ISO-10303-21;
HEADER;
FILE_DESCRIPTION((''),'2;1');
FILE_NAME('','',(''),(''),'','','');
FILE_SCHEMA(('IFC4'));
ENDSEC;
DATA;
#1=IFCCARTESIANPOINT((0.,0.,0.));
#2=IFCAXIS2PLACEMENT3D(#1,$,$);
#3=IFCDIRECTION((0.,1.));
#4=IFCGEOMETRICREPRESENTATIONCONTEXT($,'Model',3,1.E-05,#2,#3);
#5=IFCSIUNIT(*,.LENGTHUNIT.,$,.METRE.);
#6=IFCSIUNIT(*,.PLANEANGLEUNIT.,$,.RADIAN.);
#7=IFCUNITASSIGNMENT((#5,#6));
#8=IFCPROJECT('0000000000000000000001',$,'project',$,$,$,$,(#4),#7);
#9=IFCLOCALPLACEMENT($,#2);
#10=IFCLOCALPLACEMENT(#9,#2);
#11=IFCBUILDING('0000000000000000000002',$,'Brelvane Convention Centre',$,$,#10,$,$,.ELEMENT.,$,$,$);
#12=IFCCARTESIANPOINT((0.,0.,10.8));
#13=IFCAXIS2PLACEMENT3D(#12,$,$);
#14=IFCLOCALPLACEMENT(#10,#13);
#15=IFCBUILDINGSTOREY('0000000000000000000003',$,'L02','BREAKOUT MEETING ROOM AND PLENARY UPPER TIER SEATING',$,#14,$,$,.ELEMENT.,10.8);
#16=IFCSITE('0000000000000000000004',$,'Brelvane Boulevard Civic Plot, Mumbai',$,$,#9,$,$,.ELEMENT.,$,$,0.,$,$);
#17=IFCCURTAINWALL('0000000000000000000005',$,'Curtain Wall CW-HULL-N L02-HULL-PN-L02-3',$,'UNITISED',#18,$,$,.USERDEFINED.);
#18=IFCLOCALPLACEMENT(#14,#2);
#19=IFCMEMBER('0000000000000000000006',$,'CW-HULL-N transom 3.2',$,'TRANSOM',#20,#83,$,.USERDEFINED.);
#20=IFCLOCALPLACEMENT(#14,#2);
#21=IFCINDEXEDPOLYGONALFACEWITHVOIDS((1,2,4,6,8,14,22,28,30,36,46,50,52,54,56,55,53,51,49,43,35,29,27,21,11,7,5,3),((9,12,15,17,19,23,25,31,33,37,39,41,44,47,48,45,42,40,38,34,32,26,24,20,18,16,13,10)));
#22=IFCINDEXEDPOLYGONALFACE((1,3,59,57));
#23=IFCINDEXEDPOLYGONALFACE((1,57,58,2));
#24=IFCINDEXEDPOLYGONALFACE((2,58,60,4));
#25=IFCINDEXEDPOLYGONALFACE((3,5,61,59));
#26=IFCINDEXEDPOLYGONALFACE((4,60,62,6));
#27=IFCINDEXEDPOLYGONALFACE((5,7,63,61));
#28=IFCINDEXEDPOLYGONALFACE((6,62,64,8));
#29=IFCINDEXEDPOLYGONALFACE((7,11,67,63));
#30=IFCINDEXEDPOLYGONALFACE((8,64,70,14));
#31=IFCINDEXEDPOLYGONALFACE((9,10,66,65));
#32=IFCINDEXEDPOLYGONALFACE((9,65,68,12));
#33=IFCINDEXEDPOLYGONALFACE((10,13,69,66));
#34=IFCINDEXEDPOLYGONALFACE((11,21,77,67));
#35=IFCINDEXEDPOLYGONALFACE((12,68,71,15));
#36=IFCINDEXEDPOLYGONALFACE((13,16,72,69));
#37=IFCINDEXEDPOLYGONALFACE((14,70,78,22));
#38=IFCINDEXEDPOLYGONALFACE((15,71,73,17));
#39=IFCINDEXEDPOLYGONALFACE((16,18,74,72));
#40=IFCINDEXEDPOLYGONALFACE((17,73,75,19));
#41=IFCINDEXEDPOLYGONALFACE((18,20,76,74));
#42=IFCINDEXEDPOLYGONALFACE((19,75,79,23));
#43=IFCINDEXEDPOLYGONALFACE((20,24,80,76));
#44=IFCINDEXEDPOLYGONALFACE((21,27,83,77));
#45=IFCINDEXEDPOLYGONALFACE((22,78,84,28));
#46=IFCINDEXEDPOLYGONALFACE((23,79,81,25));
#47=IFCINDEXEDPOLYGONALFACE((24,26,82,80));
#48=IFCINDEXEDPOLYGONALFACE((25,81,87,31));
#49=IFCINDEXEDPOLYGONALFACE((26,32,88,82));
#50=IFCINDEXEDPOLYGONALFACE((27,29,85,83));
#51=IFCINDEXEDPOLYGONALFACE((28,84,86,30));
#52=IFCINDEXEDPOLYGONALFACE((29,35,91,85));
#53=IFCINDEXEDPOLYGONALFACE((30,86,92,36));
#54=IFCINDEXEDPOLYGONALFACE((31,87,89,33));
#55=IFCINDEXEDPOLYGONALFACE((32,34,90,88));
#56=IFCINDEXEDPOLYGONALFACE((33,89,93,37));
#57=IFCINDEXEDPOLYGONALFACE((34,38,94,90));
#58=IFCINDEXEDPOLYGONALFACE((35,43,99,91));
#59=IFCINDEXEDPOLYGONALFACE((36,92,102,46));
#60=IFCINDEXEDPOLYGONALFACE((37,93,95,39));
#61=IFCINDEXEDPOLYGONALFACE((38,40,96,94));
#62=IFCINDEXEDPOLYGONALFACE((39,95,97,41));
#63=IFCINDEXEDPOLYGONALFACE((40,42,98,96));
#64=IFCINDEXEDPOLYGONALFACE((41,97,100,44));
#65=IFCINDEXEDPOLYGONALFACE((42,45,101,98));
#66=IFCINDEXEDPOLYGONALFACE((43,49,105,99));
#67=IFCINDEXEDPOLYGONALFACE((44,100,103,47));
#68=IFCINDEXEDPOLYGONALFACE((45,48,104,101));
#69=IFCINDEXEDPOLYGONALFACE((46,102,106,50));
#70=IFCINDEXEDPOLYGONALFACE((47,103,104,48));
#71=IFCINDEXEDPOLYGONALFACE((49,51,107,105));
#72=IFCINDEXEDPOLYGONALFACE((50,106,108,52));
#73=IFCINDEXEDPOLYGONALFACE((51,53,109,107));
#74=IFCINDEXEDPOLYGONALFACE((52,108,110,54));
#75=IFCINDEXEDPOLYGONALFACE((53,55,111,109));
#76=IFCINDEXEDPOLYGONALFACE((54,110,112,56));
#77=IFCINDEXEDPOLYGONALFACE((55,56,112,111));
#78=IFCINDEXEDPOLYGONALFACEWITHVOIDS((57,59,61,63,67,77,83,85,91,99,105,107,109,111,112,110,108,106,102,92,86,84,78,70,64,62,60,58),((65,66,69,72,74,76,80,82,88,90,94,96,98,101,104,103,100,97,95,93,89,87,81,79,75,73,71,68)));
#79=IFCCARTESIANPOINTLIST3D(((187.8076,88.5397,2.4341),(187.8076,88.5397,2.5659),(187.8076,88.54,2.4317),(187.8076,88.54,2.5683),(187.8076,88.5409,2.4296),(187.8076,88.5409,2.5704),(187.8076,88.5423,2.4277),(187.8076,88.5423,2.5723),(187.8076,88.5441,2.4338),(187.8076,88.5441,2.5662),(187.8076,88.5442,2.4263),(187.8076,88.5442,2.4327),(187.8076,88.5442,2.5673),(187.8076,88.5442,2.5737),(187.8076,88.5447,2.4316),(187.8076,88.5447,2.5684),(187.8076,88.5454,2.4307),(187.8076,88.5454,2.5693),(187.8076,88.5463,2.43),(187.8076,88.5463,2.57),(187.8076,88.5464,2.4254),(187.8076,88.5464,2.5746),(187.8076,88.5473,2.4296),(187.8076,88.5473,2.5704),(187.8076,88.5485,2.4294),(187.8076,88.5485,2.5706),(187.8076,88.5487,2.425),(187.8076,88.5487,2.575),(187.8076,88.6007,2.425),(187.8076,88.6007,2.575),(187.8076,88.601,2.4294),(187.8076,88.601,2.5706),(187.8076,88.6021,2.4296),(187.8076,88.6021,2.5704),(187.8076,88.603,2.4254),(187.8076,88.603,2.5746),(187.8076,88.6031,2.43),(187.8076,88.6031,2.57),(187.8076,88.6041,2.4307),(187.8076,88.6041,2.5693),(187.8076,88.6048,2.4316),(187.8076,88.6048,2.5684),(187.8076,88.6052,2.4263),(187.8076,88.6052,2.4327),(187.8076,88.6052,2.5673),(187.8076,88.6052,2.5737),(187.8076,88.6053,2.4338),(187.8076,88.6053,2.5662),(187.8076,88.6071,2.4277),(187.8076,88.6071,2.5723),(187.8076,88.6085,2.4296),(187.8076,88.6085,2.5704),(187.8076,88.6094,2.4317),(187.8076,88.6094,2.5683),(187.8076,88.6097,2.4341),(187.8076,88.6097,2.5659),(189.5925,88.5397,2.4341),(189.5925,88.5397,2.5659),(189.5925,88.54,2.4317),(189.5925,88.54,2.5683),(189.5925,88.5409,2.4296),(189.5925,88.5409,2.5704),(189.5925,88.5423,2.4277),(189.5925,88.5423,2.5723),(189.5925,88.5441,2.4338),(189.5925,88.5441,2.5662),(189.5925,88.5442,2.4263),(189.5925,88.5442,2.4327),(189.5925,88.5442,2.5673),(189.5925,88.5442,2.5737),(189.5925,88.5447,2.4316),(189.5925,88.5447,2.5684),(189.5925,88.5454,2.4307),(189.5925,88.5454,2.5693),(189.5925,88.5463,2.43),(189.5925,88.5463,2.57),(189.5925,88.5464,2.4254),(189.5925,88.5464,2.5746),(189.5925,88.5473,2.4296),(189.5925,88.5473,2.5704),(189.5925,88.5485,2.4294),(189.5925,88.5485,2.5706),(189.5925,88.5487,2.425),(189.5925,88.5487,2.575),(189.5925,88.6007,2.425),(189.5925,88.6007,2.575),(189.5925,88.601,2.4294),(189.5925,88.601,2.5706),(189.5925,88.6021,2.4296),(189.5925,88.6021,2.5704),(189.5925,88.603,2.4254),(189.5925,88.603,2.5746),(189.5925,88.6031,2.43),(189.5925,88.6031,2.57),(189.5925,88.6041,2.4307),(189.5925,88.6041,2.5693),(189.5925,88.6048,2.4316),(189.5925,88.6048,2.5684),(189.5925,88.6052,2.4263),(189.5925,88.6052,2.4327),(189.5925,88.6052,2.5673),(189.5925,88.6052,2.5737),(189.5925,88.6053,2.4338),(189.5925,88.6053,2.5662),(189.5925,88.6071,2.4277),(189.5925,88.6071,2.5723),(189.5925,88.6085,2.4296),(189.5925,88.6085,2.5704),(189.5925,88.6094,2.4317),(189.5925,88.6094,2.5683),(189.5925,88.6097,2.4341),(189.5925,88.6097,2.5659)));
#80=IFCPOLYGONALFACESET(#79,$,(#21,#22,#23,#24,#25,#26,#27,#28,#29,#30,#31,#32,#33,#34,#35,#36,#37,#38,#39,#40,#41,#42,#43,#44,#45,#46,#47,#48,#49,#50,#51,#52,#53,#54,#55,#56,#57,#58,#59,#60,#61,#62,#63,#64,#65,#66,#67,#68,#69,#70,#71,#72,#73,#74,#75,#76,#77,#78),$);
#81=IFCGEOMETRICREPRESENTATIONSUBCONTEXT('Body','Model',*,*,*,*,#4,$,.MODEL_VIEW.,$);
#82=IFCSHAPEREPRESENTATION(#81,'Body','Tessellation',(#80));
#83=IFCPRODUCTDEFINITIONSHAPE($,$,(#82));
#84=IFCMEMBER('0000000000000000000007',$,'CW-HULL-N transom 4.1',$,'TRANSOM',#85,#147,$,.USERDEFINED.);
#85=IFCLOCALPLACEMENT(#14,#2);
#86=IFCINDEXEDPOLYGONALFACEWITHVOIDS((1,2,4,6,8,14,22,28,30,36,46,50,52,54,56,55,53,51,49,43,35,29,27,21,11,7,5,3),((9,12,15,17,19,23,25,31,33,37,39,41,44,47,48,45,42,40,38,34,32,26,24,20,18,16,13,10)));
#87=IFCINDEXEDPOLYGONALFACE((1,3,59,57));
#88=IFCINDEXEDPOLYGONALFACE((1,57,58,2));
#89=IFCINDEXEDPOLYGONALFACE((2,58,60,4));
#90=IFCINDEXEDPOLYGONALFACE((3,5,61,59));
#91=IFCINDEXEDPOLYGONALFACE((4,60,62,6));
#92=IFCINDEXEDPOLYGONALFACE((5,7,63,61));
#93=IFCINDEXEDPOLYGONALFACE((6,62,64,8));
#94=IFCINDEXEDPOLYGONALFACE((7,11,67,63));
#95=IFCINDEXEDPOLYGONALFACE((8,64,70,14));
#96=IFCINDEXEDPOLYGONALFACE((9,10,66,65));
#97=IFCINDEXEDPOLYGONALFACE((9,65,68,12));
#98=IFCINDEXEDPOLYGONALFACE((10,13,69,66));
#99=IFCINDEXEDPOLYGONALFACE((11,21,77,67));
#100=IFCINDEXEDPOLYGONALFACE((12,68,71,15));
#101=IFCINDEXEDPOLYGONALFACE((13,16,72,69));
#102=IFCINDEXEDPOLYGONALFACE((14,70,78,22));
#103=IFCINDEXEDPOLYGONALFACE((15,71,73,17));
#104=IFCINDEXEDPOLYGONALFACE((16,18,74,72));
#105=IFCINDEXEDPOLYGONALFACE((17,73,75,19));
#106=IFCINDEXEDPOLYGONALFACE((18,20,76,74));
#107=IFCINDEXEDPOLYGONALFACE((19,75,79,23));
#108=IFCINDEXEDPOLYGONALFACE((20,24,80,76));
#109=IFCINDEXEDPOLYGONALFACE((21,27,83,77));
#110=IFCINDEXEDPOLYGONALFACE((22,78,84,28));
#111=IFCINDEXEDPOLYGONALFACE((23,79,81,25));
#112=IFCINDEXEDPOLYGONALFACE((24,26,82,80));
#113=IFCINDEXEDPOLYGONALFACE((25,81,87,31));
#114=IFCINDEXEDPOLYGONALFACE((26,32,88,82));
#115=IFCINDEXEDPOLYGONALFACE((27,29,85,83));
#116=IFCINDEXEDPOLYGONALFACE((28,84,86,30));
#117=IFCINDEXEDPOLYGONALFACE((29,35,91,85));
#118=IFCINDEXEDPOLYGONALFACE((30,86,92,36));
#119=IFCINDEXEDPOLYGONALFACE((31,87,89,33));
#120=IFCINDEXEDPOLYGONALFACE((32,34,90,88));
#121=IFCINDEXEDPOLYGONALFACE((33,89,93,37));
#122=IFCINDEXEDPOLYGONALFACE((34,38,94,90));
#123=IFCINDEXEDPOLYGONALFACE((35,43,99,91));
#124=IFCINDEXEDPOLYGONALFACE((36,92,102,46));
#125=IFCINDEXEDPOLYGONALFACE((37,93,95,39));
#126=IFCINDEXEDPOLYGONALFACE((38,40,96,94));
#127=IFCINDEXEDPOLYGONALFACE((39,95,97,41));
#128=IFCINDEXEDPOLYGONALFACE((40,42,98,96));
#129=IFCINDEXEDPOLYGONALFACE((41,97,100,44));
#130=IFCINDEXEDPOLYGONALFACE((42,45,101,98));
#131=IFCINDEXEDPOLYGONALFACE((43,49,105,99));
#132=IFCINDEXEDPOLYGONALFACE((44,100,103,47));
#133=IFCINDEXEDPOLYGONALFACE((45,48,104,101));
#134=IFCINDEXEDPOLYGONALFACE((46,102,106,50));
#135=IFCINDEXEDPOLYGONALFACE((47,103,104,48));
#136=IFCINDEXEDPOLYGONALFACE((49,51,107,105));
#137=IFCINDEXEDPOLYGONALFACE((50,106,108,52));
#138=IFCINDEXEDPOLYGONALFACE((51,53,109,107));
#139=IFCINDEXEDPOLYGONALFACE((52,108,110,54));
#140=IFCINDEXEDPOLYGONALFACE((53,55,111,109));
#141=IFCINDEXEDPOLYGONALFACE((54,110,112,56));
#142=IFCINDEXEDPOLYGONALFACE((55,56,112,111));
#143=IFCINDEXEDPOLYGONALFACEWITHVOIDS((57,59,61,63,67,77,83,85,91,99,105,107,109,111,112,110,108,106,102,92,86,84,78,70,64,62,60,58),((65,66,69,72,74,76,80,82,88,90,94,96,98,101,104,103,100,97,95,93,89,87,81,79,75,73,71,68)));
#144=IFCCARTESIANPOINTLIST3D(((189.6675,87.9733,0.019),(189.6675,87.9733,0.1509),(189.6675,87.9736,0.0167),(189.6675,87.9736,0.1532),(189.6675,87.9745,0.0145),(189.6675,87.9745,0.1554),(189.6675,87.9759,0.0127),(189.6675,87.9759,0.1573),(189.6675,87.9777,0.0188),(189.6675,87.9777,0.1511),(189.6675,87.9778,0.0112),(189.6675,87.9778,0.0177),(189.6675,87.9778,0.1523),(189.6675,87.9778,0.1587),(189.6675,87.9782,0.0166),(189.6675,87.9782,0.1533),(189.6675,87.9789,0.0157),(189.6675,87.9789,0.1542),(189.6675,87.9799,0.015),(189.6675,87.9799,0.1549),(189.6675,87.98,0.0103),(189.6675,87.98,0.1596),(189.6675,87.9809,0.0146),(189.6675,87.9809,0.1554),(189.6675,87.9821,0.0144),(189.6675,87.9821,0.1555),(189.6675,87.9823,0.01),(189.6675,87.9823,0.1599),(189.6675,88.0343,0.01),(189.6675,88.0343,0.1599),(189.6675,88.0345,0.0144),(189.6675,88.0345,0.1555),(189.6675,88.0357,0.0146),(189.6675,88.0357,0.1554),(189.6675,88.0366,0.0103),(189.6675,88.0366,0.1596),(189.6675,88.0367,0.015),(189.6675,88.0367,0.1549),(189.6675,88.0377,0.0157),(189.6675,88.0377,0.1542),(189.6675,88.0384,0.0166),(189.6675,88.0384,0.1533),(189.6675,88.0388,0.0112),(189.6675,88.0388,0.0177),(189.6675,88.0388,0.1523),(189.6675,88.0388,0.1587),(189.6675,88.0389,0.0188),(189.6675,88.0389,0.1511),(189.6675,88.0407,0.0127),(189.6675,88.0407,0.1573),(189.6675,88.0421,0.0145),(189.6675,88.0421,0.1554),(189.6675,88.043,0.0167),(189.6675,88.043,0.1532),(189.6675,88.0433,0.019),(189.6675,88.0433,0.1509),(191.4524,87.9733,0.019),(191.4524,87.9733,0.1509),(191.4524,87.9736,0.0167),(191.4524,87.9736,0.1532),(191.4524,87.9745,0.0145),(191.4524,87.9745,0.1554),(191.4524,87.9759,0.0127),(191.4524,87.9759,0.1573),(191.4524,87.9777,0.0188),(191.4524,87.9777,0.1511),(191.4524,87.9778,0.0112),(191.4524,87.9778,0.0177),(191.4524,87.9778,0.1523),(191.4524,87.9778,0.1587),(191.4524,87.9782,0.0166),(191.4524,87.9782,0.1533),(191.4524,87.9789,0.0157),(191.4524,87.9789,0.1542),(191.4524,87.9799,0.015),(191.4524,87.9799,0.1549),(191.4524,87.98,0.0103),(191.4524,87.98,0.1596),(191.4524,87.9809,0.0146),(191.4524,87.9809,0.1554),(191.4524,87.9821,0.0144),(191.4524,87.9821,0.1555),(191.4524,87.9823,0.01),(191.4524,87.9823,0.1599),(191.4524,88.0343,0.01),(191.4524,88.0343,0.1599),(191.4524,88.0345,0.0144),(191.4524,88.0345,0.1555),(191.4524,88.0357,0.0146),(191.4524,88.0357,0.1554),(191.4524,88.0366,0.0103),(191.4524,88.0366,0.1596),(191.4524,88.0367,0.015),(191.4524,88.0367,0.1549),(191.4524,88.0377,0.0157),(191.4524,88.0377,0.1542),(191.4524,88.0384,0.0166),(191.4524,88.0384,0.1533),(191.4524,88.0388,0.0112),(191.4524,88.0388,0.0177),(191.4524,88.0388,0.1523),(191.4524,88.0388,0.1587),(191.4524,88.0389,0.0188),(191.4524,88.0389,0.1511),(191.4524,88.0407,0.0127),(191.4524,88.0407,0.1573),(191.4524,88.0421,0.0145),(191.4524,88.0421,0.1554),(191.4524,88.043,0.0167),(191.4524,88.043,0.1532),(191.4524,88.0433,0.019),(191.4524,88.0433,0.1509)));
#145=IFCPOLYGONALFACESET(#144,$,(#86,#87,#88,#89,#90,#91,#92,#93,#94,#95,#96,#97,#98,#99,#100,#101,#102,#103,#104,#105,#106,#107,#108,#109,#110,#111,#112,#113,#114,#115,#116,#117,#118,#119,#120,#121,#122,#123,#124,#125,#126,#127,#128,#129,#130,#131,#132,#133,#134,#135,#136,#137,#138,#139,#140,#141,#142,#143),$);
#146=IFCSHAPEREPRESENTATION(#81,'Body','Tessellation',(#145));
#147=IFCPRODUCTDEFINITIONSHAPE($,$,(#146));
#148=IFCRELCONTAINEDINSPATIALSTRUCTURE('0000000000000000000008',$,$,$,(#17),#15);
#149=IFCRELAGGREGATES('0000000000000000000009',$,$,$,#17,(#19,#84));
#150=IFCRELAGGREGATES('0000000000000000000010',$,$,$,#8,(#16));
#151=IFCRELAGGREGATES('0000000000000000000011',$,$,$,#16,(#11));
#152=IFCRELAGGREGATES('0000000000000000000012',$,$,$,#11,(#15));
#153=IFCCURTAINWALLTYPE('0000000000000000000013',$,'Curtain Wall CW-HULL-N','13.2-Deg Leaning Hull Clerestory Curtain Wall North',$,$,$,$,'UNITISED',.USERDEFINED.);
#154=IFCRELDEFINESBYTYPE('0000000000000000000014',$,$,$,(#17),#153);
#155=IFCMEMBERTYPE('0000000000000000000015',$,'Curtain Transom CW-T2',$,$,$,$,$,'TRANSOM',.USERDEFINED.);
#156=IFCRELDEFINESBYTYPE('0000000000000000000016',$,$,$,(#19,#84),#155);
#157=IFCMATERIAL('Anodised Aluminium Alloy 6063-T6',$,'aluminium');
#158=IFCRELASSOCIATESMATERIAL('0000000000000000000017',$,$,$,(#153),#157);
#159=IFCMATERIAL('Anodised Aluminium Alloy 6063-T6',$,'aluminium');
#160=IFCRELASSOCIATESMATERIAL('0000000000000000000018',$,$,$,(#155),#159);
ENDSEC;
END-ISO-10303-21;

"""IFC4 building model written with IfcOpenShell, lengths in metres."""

from ifc_helpers import new_model, si_unit, direction, frame, origin, origin_2d, place, context, subcontext, project, spatial, hollow_rectangle, extrude, material, material_profile, profile_set, type_object, element, aggregate, save


model = new_model("IFC4")

# Units and contexts
model_context = context("Model", 3, precision=1e-05, world=origin(), true_north=direction((0.0, 1.0)))
body_context = subcontext(model_context, "Body", "Model", "MODEL_VIEW")
ifc_project = project(units=[si_unit("LENGTHUNIT", "METRE"), si_unit("PLANEANGLEUNIT", "RADIAN")], contexts=[model_context])

# Site, building, storey
site_placement = place(None, origin())
site = spatial("IfcSite", under=ifc_project, at=site_placement, Name="Brelvane Boulevard Civic Plot, Mumbai", CompositionType="ELEMENT", RefElevation=0.0)
building_placement = place(site_placement, origin())
building = spatial("IfcBuilding", under=site, at=building_placement, Name="Brelvane Convention Centre", CompositionType="ELEMENT")
storey_placement = place(building_placement, frame((0.0, 0.0, 10.8)))
storey = spatial("IfcBuildingStorey", under=building, at=storey_placement, Name="L02", Description="BREAKOUT MEETING ROOM AND PLENARY UPPER TIER SEATING", CompositionType="ELEMENT", Elevation=10.8)

# Curtain wall
ifc_material_1 = material(Name="Anodised Aluminium Alloy 6063-T6", Category="aluminium")
curtain_wall_type = type_object("IfcCurtainWallType", Name="Curtain Wall CW-HULL-N", Description="13.2-Deg Leaning Hull Clerestory Curtain Wall North", ElementType="UNITISED", PredefinedType="USERDEFINED", material=ifc_material_1)
curtain_wall_1_placement = place(storey_placement, origin())
curtain_wall_1 = element("IfcCurtainWall", 1, at=curtain_wall_1_placement, inside=storey, type_object=curtain_wall_type, Name="Curtain Wall CW-HULL-N L02-HULL-PN-L02-3", ObjectType="UNITISED", PredefinedType="USERDEFINED")

# Members
ifc_material_2 = material(Name="Anodised Aluminium Alloy 6063-T6", Category="aluminium")
ifc_material_profile_1 = material_profile(ifc_material_2, hollow_rectangle(XDim=0.0701, YDim=0.1499, WallThickness=0.0044, InnerFilletRadius=0.0044, OuterFilletRadius=0.009, at=origin_2d()), Name="ALU-T 150x70x4.5")
ifc_profile_set_1 = profile_set([ifc_material_profile_1], Name="Anodised Aluminium Alloy 6063-T6")
member_type_1 = type_object("IfcMemberType", Name="Curtain Transom CW-T2", ElementType="TRANSOM", PredefinedType="USERDEFINED", material=ifc_profile_set_1)
member_1_placement = place(storey_placement, frame((187.8076, 88.5747, 2.5), z_axis=(1.0, 0.0, 0.0), x_axis=(0.0, 1.0, 0.0)))
member_1 = element("IfcMember", 2, at=member_1_placement, type_object=member_type_1, Name="CW-HULL-N transom 3.2", ObjectType="TRANSOM", PredefinedType="USERDEFINED", context=body_context, shape_type="SweptSolid", body=[
    extrude(hollow_rectangle(XDim=0.0701, YDim=0.1499, WallThickness=0.0044, InnerFilletRadius=0.0044, OuterFilletRadius=0.009, at=origin_2d()), origin(), (0.0, 0.0, 1.0), 1.7849),
])
member_2_placement = place(storey_placement, frame((189.6675, 88.0083, 0.085), z_axis=(1.0, 0.0, 0.0), x_axis=(0.0, 1.0, 0.0)))
member_2 = element("IfcMember", 3, at=member_2_placement, type_object=member_type_1, Name="CW-HULL-N transom 4.1", ObjectType="TRANSOM", PredefinedType="USERDEFINED", context=body_context, shape_type="SweptSolid", body=[
    extrude(hollow_rectangle(XDim=0.0701, YDim=0.1499, WallThickness=0.0044, InnerFilletRadius=0.0044, OuterFilletRadius=0.009, at=origin_2d()), origin(), (0.0, 0.0, 1.0), 1.7849),
])

aggregate(curtain_wall_1, [member_1, member_2])

save(model, "model.ifc")
